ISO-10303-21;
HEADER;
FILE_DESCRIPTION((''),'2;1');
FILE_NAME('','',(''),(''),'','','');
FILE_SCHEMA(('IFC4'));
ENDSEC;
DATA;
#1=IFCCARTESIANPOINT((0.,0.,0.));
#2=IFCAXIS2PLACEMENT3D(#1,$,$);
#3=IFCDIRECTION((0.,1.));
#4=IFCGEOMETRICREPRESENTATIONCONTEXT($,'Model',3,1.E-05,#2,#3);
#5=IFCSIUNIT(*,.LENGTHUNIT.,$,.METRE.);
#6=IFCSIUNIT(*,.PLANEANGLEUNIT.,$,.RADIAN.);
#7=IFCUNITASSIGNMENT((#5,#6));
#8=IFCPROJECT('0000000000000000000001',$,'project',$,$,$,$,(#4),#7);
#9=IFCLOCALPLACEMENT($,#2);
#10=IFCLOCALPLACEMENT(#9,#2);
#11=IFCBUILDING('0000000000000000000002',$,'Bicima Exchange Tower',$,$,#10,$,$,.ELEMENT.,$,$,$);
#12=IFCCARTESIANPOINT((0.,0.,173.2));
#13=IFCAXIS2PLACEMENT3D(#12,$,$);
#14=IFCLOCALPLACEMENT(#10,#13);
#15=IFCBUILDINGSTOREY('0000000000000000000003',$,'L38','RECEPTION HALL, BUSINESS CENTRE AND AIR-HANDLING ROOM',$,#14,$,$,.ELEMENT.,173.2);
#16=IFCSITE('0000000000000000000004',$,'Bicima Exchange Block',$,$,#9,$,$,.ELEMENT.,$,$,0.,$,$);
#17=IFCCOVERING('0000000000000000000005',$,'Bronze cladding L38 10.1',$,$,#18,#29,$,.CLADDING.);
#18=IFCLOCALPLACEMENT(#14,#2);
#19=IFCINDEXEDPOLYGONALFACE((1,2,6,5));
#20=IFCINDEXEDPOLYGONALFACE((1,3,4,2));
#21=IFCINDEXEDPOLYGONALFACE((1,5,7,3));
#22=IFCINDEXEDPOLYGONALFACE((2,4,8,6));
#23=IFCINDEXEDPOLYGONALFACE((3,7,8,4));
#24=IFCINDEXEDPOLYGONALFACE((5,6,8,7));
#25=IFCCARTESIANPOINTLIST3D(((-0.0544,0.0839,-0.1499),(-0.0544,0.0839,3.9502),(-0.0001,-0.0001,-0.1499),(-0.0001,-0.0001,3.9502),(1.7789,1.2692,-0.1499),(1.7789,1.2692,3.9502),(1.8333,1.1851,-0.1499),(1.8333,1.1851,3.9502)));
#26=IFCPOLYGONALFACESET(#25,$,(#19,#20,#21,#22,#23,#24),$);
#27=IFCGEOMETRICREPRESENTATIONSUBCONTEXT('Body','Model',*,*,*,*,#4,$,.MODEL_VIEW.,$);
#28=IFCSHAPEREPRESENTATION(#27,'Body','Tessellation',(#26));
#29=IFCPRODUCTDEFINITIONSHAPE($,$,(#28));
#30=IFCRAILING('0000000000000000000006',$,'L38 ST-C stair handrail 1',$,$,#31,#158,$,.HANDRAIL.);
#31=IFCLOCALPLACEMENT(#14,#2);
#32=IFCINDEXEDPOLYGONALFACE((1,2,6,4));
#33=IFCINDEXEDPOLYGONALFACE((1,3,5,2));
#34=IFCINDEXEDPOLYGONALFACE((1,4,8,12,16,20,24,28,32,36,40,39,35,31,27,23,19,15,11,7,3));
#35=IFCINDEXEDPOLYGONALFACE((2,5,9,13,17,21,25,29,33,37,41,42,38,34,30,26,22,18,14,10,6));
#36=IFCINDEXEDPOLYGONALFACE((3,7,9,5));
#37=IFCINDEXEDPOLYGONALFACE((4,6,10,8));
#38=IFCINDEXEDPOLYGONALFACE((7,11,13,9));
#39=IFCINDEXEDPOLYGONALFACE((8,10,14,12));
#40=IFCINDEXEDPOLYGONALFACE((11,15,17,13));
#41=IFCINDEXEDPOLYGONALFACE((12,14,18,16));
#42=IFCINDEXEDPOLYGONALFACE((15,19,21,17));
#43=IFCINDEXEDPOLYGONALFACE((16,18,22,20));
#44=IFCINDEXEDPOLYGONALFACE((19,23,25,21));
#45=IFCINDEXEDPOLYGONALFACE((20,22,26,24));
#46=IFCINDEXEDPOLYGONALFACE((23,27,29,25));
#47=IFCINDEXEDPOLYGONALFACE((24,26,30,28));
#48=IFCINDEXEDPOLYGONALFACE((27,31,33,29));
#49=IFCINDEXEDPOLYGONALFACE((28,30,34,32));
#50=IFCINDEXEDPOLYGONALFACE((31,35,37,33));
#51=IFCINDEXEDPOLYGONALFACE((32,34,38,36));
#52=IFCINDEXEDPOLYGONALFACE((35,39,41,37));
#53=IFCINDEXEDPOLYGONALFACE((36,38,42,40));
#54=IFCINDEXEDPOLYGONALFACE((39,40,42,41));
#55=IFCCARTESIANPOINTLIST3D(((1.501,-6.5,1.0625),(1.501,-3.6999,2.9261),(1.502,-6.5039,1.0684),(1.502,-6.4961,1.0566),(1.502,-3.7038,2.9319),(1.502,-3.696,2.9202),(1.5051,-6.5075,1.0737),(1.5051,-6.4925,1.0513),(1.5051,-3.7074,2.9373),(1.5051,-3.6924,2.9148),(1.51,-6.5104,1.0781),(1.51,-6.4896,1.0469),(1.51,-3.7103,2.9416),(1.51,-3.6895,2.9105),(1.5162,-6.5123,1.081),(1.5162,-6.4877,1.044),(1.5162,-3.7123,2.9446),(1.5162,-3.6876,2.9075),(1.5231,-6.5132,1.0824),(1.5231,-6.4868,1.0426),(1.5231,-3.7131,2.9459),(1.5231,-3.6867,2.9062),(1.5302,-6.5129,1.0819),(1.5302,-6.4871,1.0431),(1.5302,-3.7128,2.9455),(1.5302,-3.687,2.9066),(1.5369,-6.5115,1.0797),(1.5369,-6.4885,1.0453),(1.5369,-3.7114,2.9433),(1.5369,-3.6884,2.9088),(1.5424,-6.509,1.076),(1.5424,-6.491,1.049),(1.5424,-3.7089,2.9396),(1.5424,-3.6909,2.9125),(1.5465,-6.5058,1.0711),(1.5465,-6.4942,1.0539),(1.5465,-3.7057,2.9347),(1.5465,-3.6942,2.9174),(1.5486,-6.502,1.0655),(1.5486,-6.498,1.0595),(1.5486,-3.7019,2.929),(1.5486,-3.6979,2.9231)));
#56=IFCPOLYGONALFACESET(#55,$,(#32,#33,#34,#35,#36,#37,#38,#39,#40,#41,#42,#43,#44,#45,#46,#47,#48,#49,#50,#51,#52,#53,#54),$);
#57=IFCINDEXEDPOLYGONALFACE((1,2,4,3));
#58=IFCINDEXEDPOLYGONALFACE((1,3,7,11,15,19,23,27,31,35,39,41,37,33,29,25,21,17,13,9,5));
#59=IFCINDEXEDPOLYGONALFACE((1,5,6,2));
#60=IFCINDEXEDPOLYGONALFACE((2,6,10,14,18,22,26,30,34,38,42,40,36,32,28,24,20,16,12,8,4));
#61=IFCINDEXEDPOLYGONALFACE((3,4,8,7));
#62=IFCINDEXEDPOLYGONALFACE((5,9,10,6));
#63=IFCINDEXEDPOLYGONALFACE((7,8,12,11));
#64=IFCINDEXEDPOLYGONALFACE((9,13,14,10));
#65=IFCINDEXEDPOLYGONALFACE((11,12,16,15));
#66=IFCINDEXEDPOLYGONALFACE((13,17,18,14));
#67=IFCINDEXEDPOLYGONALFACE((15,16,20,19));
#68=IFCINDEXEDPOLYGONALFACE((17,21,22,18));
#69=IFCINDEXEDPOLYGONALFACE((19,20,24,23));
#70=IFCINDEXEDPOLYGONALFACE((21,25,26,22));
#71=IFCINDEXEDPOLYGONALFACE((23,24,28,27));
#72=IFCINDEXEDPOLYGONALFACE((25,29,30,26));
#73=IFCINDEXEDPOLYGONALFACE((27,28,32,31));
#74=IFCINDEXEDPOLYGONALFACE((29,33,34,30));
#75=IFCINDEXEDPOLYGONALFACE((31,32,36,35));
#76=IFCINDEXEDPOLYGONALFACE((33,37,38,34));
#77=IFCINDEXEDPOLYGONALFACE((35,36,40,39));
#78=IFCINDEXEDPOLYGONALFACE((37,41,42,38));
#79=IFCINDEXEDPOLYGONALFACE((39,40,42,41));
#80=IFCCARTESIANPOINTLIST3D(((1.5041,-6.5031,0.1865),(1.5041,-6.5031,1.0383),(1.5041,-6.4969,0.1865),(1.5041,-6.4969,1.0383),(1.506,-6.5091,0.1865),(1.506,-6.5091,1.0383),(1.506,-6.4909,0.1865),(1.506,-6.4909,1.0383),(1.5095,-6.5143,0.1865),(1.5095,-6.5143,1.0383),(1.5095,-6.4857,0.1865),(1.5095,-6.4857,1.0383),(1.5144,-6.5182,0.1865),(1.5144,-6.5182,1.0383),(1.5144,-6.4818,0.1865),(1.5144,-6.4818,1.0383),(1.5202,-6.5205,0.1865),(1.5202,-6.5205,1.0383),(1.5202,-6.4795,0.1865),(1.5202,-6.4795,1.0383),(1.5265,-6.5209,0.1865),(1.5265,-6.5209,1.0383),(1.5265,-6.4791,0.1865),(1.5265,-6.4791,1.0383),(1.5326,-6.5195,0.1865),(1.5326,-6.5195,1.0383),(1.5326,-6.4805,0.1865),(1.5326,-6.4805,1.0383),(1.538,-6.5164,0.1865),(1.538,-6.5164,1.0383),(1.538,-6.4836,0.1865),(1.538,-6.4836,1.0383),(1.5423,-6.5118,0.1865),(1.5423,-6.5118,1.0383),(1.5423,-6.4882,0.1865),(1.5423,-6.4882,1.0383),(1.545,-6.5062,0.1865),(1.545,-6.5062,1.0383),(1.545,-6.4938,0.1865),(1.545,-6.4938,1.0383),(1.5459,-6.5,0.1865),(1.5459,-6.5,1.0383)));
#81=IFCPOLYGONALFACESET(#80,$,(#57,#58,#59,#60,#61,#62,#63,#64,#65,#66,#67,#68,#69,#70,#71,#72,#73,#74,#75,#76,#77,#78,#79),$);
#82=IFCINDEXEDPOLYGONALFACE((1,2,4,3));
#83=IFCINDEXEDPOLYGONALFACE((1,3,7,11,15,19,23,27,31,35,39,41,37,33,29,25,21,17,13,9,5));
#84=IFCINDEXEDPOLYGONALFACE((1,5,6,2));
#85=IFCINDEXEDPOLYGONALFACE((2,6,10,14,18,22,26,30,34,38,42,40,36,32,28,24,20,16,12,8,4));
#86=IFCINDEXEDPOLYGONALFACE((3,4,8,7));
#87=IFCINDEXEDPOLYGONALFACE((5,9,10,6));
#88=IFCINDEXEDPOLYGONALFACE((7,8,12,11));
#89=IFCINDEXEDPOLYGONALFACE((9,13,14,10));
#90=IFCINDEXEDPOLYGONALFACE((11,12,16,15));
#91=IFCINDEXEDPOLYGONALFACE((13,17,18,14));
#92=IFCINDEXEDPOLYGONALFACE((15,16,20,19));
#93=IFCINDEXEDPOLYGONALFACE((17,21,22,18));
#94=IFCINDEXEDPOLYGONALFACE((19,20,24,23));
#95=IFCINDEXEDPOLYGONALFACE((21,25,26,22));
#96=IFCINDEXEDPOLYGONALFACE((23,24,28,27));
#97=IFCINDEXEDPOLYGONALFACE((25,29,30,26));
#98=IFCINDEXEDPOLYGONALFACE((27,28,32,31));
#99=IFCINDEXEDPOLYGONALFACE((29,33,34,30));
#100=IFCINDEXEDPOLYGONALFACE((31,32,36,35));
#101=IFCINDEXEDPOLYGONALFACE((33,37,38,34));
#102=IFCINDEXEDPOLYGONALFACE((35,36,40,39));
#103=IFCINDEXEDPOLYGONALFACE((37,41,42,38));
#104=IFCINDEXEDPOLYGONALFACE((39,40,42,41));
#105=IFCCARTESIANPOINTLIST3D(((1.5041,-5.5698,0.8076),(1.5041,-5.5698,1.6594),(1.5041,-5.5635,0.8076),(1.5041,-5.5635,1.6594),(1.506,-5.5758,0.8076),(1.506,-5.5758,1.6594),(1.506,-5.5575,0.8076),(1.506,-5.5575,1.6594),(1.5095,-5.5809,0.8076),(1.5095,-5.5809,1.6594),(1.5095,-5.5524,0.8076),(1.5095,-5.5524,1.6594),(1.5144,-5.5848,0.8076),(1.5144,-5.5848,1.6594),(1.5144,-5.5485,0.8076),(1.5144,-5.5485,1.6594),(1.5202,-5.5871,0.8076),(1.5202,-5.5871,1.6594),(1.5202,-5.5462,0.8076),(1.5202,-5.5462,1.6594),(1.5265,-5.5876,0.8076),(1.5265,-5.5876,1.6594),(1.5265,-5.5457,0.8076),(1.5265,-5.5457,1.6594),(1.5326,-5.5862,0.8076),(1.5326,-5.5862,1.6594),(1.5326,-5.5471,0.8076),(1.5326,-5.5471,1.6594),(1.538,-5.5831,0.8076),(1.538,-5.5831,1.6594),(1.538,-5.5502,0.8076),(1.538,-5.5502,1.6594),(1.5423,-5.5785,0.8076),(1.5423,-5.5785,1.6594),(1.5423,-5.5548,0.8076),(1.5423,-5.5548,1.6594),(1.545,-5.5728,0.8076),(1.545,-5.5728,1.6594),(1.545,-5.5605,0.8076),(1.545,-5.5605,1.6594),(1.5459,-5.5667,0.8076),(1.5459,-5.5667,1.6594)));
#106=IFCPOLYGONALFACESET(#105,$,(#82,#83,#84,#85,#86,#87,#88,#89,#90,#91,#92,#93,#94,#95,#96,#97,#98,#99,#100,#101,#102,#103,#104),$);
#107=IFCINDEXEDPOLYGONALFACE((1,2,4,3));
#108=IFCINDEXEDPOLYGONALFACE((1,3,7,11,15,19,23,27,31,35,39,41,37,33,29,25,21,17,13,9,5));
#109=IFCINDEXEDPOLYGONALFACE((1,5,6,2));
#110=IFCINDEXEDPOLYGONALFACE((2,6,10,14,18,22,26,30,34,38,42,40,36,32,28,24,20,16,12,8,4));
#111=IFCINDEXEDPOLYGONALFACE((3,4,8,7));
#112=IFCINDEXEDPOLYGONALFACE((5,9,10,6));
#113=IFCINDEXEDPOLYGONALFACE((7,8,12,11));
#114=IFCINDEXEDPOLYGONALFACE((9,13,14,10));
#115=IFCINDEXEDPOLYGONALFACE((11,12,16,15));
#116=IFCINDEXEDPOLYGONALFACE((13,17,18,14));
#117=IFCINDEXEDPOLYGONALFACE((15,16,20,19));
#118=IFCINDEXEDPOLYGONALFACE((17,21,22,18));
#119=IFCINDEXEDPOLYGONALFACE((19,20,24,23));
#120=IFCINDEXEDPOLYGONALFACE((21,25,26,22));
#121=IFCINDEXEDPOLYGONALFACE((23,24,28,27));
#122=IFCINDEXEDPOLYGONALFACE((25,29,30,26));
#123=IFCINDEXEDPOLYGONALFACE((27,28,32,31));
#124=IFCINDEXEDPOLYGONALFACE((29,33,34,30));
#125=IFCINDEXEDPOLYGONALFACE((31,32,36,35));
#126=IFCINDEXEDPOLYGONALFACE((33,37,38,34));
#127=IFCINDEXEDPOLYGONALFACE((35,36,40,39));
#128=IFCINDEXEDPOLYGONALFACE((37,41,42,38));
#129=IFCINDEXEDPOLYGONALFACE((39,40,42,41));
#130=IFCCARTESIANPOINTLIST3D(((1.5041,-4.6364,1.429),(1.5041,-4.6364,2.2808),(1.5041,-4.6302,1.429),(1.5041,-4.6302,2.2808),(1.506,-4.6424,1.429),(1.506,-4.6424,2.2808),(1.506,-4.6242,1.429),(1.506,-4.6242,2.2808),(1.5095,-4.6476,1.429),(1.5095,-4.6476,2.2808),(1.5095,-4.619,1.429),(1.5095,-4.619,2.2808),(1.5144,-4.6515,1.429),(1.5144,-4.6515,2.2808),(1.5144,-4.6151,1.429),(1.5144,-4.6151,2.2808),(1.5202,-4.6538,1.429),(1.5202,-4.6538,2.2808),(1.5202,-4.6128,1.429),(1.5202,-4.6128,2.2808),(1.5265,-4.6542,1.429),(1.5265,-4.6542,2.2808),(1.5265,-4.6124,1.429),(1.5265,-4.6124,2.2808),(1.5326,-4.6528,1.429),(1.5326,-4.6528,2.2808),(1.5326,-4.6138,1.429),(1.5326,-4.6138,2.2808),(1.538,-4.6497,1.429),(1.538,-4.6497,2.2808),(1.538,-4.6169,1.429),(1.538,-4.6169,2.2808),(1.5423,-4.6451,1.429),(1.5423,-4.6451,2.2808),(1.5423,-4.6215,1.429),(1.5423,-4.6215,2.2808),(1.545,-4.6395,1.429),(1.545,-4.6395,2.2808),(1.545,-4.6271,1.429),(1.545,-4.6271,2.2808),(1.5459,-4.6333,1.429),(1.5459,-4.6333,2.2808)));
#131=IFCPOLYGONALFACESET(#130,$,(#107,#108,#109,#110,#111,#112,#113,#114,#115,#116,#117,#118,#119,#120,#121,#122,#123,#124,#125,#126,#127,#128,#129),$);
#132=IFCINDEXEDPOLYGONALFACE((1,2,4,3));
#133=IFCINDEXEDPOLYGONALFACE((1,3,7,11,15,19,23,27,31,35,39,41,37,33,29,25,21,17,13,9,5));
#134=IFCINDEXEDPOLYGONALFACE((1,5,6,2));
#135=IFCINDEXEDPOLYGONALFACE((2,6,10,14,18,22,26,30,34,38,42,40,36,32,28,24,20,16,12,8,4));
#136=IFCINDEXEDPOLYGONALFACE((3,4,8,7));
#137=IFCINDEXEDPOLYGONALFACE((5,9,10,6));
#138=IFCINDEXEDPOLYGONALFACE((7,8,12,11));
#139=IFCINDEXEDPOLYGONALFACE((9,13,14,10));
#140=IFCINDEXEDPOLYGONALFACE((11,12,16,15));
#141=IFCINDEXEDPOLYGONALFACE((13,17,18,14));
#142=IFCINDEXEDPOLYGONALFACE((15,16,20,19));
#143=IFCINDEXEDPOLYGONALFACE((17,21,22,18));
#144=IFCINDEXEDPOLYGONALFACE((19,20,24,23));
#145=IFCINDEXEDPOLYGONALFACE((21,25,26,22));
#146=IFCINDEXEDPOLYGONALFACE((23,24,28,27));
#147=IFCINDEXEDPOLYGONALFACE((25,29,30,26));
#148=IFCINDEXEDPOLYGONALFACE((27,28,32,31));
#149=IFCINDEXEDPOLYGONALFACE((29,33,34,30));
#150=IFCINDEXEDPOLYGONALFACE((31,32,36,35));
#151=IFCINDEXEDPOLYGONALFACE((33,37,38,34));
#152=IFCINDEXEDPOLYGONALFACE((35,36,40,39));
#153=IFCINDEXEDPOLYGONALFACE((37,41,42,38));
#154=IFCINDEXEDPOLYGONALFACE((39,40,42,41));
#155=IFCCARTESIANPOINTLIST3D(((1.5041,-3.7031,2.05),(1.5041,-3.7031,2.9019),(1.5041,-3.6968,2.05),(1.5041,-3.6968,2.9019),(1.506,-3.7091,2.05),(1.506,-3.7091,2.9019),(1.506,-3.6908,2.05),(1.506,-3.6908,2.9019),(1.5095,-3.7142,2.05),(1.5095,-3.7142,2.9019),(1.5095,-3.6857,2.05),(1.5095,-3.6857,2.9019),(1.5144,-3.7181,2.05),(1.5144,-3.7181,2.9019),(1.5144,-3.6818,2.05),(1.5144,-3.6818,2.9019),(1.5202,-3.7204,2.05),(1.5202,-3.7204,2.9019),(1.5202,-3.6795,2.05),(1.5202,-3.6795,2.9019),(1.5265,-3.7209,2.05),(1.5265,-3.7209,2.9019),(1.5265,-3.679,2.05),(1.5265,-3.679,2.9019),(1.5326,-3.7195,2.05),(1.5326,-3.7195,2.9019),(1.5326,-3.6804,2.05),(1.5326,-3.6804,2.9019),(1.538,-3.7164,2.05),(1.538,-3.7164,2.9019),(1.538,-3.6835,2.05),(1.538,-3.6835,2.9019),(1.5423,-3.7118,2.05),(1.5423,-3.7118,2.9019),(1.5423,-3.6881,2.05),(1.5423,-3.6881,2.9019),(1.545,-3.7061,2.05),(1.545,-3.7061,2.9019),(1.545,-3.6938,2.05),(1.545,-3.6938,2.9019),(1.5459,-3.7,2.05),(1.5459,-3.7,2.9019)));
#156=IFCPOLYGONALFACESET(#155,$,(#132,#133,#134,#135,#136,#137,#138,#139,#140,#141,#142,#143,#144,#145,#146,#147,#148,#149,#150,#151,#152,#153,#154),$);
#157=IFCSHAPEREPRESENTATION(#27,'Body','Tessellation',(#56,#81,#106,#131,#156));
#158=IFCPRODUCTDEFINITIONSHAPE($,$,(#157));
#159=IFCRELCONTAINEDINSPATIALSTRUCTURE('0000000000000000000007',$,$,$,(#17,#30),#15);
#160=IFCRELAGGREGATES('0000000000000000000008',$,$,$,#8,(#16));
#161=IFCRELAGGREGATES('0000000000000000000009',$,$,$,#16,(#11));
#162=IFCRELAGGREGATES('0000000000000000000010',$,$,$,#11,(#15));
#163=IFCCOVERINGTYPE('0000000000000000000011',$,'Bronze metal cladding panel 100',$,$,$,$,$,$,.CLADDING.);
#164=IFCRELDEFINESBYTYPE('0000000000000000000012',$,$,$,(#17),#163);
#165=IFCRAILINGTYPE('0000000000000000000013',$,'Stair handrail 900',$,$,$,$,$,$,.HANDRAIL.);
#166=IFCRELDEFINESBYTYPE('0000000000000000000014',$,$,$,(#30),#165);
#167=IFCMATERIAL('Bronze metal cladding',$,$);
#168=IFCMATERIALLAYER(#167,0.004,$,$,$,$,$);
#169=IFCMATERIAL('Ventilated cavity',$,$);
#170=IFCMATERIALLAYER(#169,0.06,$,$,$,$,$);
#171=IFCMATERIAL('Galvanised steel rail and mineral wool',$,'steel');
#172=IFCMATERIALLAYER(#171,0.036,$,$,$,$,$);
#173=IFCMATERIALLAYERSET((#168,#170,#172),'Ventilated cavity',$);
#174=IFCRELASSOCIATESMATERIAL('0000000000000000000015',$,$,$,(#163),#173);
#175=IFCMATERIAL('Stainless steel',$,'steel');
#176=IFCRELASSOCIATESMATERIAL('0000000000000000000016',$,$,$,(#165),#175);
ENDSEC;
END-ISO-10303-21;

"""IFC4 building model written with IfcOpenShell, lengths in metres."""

from ifc_helpers import new_model, si_unit, direction, frame, origin, origin_2d, place, context, subcontext, project, spatial, rectangle, circle, extrude, material, layer, layer_set, type_object, element, save


model = new_model("IFC4")

# Units and contexts
model_context = context("Model", 3, precision=1e-05, world=origin(), true_north=direction((0.0, 1.0)))
body_context = subcontext(model_context, "Body", "Model", "MODEL_VIEW")
ifc_project = project(units=[si_unit("LENGTHUNIT", "METRE"), si_unit("PLANEANGLEUNIT", "RADIAN")], contexts=[model_context])

# Site, building, storey
site_placement = place(None, origin())
site = spatial("IfcSite", under=ifc_project, at=site_placement, Name="Bicima Exchange Block", CompositionType="ELEMENT", RefElevation=0.0)
building_placement = place(site_placement, origin())
building = spatial("IfcBuilding", under=site, at=building_placement, Name="Bicima Exchange Tower", CompositionType="ELEMENT")
storey_placement = place(building_placement, frame((0.0, 0.0, 173.2)))
storey = spatial("IfcBuildingStorey", under=building, at=storey_placement, Name="L38", Description="RECEPTION HALL, BUSINESS CENTRE AND AIR-HANDLING ROOM", CompositionType="ELEMENT", Elevation=173.2)

# Shared definitions
ifc_material_1 = material(Name="Stainless steel", Category="steel")

# Covering
ifc_material_2 = material(Name="Bronze metal cladding")
ifc_layer_1 = layer(ifc_material_2, 0.004)
ifc_material_3 = material(Name="Ventilated cavity")
ifc_layer_2 = layer(ifc_material_3, 0.06)
ifc_material_4 = material(Name="Galvanised steel rail and mineral wool", Category="steel")
ifc_layer_3 = layer(ifc_material_4, 0.036)
ifc_layer_set_1 = layer_set([ifc_layer_1, ifc_layer_2, ifc_layer_3], Name="Ventilated cavity")
covering_type = type_object("IfcCoveringType", Name="Bronze metal cladding panel 100", PredefinedType="CLADDING", material=ifc_layer_set_1)
covering_1_placement = place(storey_placement, frame((0.8894, 0.6345, -0.1499), z_axis=(0.0, 0.0, 1.0), x_axis=(-0.83979, -0.542911, 0.0)))
element("IfcCovering", 1, at=covering_1_placement, inside=storey, type_object=covering_type, Name="Bronze cladding L38 10.1", PredefinedType="CLADDING", context=body_context, shape_type="SweptSolid", body=[
    extrude(rectangle(XDim=2.1831, YDim=0.1001, at=origin_2d()), origin(), (0.0, 0.0, 1.0), 4.1001),
])

# Railing
railing_type_1 = type_object("IfcRailingType", Name="Stair handrail 900", PredefinedType="HANDRAIL", material=ifc_material_1)
railing_1_placement = place(storey_placement, frame((1.5249, -6.5, 0.1865)))
element("IfcRailing", 2, at=railing_1_placement, inside=storey, type_object=railing_type_1, Name="L38 ST-C stair handrail 1", PredefinedType="HANDRAIL", context=body_context, shape_type="SweptSolid", body=[
    extrude(circle(Radius=0.0239, at=origin_2d()), frame((0.0, 0.0, 0.876), z_axis=(0.0, 0.832486, 0.554047), x_axis=(-1.0, 0.0, 0.0)), (0.0, 0.0, 1.0), 3.3635),
    extrude(circle(Radius=0.021, at=origin_2d()), origin(), (0.0, 0.0, 1.0), 0.8518),
    extrude(circle(Radius=0.021, at=origin_2d()), frame((0.0, 0.9333, 0.6211)), (0.0, 0.0, 1.0), 0.8518),
    extrude(circle(Radius=0.021, at=origin_2d()), frame((0.0, 1.8667, 1.2424)), (0.0, 0.0, 1.0), 0.8518),
    extrude(circle(Radius=0.021, at=origin_2d()), frame((0.0, 2.8, 1.8635)), (0.0, 0.0, 1.0), 0.8518),
])

save(model, "model.ifc")
